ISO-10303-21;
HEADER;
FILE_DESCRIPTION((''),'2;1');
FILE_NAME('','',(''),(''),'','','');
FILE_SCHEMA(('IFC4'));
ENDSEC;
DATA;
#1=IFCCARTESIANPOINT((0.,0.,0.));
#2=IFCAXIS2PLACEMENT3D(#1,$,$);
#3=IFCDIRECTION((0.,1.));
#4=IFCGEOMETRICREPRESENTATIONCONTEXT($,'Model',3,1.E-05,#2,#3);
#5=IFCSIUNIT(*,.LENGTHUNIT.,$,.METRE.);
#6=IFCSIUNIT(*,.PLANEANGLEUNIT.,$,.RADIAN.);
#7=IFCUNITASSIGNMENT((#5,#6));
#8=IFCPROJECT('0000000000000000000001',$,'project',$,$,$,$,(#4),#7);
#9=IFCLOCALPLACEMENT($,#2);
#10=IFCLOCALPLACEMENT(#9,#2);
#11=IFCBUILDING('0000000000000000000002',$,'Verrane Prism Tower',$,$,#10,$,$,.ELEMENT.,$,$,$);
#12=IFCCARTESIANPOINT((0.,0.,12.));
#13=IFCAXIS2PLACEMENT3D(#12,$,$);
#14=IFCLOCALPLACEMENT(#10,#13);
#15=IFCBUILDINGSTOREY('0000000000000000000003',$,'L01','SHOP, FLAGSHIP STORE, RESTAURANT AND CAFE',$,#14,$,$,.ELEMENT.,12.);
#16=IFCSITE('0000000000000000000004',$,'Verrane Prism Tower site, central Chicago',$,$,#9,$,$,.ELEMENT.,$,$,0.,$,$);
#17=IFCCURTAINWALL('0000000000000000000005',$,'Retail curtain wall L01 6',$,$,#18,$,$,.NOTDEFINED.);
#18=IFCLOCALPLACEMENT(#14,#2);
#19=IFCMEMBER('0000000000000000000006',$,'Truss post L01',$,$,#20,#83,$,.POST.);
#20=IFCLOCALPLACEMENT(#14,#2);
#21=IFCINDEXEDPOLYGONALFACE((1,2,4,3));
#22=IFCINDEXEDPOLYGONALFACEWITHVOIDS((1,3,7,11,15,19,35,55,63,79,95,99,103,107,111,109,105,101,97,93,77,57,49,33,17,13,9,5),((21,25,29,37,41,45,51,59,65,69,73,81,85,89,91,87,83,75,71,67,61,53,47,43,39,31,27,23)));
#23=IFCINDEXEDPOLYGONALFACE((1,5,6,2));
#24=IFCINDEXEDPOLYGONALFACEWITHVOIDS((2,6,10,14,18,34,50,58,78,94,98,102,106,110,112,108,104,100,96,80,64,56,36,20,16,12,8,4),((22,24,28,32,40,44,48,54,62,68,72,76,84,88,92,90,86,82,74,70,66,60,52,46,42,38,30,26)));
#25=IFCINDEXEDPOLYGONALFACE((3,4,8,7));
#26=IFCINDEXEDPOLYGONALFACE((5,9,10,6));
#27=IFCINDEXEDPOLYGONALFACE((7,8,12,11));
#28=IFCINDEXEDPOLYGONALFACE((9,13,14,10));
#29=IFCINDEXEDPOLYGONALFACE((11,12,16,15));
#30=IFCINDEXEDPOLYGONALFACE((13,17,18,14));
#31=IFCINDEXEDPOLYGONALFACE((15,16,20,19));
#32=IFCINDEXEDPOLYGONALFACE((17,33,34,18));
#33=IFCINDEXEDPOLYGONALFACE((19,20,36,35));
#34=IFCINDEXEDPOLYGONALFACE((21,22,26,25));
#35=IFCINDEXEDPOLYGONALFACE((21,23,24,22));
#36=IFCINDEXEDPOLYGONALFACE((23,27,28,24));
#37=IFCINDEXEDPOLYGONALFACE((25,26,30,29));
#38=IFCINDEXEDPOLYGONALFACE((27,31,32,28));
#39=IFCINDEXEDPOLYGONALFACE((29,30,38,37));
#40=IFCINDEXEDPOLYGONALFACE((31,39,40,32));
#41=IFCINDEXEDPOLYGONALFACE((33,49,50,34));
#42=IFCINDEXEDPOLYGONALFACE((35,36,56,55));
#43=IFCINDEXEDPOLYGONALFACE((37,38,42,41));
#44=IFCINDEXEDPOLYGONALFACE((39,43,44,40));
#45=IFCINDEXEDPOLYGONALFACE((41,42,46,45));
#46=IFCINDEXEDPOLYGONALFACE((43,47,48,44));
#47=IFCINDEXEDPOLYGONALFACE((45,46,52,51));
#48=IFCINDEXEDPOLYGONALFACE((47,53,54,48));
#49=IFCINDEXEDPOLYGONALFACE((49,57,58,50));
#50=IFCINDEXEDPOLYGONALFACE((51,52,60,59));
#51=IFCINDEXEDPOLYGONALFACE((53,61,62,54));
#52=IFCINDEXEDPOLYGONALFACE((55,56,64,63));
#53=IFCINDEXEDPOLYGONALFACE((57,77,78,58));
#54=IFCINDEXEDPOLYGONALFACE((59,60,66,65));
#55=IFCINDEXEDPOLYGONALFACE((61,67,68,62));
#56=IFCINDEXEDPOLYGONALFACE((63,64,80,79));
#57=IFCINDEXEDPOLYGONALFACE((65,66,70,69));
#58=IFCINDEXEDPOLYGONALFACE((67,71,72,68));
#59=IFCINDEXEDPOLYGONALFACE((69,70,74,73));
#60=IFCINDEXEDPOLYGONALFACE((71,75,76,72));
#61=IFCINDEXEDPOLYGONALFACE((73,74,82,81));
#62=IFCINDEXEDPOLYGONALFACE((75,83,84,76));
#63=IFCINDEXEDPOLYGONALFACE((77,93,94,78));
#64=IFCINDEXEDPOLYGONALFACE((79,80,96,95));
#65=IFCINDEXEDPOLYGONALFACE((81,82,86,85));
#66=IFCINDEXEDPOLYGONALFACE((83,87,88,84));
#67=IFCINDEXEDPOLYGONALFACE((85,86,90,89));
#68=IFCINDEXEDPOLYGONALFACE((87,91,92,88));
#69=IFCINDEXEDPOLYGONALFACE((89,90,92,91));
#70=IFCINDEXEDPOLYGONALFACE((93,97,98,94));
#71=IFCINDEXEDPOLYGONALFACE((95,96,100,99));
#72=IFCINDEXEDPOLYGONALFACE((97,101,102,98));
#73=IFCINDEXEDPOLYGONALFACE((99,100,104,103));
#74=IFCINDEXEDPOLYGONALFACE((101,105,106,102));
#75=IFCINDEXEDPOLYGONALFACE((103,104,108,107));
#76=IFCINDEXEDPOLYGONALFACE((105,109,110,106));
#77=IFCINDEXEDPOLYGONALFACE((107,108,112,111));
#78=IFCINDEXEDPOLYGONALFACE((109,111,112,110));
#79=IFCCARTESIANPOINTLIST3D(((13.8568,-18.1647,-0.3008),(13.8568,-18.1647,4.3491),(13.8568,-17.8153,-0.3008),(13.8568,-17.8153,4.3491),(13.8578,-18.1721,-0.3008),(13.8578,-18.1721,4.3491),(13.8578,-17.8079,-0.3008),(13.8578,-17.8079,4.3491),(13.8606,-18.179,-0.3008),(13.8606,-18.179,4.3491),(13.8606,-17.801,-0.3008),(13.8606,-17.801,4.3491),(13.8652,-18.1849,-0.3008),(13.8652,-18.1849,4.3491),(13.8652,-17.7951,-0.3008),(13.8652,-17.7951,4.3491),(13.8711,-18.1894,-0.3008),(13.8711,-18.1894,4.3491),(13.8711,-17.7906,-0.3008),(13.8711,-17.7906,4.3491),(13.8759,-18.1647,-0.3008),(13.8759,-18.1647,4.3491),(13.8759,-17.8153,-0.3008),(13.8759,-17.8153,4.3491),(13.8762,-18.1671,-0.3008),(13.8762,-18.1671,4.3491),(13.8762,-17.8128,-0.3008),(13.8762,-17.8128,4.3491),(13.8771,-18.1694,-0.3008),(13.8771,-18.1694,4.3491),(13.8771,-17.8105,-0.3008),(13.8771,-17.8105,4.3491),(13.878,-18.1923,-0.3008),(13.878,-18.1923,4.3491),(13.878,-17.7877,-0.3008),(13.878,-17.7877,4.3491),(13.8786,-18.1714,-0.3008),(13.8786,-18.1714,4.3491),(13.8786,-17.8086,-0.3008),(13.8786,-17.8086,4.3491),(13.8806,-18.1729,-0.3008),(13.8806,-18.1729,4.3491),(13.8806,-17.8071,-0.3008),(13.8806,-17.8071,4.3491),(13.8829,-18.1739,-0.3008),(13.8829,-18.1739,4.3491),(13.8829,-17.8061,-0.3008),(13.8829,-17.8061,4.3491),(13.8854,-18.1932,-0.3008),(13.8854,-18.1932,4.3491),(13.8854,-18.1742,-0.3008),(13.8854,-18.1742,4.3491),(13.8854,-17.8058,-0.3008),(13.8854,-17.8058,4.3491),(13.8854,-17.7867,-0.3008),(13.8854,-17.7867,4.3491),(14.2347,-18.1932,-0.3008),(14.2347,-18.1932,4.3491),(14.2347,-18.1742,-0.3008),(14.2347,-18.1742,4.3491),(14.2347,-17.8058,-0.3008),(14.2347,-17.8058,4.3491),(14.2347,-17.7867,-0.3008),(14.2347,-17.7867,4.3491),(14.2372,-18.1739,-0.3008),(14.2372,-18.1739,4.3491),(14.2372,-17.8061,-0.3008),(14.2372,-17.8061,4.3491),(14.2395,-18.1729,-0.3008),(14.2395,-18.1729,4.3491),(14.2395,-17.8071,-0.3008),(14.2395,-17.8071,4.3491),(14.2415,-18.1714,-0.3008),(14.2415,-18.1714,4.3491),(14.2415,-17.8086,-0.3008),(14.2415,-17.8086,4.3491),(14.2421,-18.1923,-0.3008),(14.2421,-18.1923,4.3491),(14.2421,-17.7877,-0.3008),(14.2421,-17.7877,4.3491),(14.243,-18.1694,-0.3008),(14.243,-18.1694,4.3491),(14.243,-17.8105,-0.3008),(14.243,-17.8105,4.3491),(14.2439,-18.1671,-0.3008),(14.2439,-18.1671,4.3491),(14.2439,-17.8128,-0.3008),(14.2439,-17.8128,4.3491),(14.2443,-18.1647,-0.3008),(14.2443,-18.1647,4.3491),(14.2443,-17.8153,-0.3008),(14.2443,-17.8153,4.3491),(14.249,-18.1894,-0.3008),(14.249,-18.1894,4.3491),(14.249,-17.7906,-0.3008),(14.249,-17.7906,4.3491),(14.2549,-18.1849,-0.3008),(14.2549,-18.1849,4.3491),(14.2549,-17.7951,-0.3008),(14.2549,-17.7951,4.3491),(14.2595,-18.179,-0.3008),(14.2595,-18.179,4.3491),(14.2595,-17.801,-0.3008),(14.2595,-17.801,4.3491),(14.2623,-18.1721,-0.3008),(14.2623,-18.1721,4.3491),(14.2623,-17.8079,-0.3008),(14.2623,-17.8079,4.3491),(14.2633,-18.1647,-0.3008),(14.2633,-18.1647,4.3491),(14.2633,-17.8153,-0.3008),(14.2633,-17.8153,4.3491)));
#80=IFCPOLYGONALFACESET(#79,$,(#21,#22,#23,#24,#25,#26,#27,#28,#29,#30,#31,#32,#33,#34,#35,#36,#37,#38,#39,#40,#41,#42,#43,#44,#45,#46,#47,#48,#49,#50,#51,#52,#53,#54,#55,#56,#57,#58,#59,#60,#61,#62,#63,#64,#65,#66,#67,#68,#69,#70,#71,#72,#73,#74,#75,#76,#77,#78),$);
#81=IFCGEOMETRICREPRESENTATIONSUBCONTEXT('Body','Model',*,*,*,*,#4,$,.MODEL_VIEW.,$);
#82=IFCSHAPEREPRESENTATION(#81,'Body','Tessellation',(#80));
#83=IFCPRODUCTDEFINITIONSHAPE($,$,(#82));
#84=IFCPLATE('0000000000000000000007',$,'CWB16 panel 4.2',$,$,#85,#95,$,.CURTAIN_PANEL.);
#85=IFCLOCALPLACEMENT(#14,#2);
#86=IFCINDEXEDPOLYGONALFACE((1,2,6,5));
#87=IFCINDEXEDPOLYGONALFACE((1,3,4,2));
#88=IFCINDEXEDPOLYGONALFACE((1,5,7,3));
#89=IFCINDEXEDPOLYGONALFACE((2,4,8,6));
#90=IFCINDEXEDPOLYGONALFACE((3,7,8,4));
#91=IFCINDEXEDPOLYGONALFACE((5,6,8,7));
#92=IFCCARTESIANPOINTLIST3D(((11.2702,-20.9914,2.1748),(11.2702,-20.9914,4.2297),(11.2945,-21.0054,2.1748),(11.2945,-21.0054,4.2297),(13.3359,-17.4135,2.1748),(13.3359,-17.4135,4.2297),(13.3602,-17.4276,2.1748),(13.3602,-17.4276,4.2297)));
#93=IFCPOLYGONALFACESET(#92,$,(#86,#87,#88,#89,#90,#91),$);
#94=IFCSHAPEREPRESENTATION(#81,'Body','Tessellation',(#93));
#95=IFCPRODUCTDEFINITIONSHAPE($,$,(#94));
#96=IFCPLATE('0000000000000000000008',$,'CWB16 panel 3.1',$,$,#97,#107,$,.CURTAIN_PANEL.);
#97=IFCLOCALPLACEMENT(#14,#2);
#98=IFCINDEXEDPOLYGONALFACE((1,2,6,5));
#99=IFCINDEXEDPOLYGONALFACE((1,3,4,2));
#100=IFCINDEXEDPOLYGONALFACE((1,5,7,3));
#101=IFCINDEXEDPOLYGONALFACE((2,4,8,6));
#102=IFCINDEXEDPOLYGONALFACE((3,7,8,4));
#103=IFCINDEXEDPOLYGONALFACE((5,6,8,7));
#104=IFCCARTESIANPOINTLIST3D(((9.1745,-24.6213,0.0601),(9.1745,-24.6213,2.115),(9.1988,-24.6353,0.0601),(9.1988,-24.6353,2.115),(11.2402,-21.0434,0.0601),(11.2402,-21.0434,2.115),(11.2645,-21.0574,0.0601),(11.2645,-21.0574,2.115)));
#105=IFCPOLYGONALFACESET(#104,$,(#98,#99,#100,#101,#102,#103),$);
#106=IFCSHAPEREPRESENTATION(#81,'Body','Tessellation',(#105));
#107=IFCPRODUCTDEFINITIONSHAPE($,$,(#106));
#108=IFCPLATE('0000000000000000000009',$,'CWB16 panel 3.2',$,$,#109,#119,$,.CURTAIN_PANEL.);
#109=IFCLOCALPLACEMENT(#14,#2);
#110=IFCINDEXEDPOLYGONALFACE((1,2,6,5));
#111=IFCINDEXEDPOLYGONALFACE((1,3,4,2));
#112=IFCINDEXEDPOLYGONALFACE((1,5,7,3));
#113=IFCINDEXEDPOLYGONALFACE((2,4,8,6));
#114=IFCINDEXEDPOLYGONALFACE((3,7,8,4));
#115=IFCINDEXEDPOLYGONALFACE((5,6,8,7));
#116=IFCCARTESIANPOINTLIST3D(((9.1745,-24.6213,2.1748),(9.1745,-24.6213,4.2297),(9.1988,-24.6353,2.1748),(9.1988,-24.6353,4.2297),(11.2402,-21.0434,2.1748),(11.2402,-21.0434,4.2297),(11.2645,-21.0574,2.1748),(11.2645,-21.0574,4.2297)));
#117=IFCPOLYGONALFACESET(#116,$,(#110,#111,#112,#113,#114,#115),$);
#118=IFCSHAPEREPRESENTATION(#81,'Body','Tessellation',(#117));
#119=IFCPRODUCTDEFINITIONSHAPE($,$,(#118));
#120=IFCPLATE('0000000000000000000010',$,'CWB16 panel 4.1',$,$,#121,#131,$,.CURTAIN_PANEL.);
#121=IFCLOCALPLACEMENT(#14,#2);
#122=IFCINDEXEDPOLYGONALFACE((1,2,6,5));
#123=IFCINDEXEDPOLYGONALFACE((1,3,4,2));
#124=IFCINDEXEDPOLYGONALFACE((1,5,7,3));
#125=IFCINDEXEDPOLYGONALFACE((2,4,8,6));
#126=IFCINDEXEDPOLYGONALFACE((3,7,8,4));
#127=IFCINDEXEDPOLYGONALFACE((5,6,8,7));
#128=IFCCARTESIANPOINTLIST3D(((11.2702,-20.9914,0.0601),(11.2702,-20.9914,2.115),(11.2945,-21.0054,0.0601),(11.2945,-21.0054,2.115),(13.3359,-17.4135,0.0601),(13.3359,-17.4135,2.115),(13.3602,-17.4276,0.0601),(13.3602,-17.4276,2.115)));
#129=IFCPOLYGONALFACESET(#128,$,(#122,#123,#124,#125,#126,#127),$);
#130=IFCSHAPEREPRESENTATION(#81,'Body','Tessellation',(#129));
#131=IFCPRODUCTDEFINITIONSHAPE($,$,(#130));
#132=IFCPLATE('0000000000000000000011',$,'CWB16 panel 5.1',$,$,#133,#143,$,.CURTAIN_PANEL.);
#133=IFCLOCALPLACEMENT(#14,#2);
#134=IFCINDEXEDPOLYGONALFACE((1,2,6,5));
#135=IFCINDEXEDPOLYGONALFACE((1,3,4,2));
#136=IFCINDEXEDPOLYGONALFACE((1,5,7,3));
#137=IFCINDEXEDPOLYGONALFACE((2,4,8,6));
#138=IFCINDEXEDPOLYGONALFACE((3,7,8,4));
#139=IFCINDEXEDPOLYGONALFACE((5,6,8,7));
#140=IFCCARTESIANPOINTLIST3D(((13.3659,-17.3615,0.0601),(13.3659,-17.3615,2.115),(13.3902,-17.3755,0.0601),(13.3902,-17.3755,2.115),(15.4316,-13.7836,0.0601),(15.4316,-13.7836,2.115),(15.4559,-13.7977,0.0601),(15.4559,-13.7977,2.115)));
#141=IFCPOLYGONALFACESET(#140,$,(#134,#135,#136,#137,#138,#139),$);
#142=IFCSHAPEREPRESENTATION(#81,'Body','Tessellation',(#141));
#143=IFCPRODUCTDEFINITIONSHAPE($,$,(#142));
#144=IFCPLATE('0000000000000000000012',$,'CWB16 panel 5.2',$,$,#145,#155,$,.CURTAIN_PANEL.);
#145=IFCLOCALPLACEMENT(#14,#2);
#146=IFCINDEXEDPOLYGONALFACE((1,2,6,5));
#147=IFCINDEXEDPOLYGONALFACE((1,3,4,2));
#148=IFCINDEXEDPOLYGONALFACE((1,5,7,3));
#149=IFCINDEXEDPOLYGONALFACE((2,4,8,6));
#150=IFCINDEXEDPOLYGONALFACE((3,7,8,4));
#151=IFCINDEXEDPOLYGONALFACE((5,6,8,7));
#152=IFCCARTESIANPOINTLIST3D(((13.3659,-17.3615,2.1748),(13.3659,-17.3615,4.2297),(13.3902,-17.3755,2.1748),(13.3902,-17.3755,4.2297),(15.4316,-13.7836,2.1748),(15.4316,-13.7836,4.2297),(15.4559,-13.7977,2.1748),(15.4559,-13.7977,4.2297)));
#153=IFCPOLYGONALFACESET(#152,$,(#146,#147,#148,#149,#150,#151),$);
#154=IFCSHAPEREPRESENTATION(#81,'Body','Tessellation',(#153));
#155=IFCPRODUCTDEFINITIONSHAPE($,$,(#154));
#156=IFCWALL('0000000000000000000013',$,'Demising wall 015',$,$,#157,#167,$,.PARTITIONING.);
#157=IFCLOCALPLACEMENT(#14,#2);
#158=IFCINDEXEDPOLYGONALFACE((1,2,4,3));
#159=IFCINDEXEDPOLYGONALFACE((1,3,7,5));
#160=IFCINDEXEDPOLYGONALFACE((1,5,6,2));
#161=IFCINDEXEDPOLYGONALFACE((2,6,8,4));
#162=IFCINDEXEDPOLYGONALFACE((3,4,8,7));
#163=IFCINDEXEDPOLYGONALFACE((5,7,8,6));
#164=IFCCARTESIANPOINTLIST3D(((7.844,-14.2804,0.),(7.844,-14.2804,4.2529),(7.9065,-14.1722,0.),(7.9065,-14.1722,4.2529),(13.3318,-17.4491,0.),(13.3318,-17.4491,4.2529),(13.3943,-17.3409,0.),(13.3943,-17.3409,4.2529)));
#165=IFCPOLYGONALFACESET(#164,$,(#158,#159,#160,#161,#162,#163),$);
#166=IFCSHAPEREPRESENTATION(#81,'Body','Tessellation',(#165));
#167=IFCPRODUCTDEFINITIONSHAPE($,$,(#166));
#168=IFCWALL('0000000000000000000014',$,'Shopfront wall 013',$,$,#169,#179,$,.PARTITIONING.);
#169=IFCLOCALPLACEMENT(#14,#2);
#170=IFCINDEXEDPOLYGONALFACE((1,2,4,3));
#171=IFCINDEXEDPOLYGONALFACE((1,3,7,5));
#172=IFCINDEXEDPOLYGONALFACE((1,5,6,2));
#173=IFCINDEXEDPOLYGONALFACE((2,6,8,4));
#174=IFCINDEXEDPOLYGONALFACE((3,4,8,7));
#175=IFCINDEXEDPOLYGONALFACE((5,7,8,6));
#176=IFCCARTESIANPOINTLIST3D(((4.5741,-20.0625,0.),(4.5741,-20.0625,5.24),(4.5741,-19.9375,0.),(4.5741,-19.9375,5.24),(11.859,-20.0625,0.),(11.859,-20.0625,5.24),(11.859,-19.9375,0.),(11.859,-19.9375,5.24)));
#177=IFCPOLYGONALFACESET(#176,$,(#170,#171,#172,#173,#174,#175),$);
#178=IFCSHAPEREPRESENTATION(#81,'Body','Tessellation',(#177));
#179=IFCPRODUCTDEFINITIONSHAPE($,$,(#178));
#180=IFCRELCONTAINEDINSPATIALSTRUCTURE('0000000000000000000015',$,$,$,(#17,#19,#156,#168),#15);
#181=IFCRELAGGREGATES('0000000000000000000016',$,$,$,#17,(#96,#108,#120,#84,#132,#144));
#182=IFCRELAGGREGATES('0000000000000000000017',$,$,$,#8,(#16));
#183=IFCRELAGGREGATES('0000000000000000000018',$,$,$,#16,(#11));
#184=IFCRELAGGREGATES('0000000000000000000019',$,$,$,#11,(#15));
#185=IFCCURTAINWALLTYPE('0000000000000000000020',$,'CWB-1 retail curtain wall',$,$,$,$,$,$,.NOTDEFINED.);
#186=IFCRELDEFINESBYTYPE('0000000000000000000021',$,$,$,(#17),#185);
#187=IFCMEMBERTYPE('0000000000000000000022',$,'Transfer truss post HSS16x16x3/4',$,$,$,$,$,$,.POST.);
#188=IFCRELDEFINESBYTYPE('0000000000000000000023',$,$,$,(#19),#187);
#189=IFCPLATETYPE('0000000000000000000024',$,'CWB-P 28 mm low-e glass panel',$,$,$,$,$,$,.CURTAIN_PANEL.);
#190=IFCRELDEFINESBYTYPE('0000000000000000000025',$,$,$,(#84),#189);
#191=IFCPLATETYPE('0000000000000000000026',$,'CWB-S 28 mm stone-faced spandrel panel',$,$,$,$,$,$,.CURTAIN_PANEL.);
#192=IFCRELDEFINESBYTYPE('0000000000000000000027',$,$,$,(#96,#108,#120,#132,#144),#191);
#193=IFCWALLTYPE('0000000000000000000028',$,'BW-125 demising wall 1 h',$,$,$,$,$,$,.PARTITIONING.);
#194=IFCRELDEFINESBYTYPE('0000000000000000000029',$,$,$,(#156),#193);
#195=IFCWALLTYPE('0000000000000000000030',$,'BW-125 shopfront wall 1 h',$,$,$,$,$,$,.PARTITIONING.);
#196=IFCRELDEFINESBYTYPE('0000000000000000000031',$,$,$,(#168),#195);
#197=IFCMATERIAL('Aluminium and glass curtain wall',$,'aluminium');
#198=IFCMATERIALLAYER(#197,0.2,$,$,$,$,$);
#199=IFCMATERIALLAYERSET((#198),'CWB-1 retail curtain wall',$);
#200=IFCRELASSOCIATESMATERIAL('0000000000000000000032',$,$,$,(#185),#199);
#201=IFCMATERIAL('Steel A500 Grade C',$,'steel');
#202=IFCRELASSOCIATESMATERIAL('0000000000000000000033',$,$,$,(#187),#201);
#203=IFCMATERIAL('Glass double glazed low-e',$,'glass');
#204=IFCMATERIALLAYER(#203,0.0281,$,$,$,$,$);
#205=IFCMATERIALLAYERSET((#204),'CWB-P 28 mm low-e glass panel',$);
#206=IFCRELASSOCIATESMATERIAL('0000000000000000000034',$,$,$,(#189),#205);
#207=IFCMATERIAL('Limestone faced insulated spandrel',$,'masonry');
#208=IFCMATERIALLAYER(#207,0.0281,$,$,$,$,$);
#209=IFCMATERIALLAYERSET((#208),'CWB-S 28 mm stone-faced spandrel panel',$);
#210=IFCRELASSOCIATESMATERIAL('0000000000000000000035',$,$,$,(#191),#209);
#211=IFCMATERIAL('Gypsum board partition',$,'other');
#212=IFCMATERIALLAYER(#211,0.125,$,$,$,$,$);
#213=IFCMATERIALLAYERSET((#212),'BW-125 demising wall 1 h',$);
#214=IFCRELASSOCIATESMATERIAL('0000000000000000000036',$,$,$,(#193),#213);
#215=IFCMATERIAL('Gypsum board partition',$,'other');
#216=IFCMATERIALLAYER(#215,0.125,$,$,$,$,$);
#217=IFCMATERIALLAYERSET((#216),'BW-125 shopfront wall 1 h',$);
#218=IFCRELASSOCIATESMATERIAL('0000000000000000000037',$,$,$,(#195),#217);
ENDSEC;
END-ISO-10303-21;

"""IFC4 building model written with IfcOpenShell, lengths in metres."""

from ifc_helpers import new_model, si_unit, direction, frame, frame_2d, origin, origin_2d, place, context, subcontext, project, spatial, rectangle, hollow_rectangle, extrude, material, layer, layer_set, material_profile, profile_set, type_object, element, aggregate, save


model = new_model("IFC4")

# Units and contexts
model_context = context("Model", 3, precision=1e-05, world=origin(), true_north=direction((0.0, 1.0)))
body_context = subcontext(model_context, "Body", "Model", "MODEL_VIEW")
ifc_project = project(units=[si_unit("LENGTHUNIT", "METRE"), si_unit("PLANEANGLEUNIT", "RADIAN")], contexts=[model_context])

# Site, building, storey
site_placement = place(None, origin())
site = spatial("IfcSite", under=ifc_project, at=site_placement, Name="Verrane Prism Tower site, central Chicago", CompositionType="ELEMENT", RefElevation=0.0)
building_placement = place(site_placement, origin())
building = spatial("IfcBuilding", under=site, at=building_placement, Name="Verrane Prism Tower", CompositionType="ELEMENT")
storey_placement = place(building_placement, frame((0.0, 0.0, 12.0)))
storey = spatial("IfcBuildingStorey", under=building, at=storey_placement, Name="L01", Description="SHOP, FLAGSHIP STORE, RESTAURANT AND CAFE", CompositionType="ELEMENT", Elevation=12.0)

# Curtain wall
ifc_material_1 = material(Name="Aluminium and glass curtain wall", Category="aluminium")
ifc_layer_1 = layer(ifc_material_1, 0.2)
ifc_layer_set_1 = layer_set([ifc_layer_1], Name="CWB-1 retail curtain wall")
curtain_wall_type = type_object("IfcCurtainWallType", Name="CWB-1 retail curtain wall", PredefinedType="NOTDEFINED", material=ifc_layer_set_1)
curtain_wall_placement = place(storey_placement, origin())
curtain_wall = element("IfcCurtainWall", 1, at=curtain_wall_placement, inside=storey, type_object=curtain_wall_type, Name="Retail curtain wall L01 6", PredefinedType="NOTDEFINED")

# Member
ifc_material_2 = material(Name="Steel A500 Grade C", Category="steel")
ifc_material_profile_1 = material_profile(ifc_material_2, hollow_rectangle(XDim=0.4065, YDim=0.4065, WallThickness=0.019, InnerFilletRadius=0.0095, OuterFilletRadius=0.0286, at=origin_2d()), Name="HSS16x16x3/4")
ifc_profile_set_1 = profile_set([ifc_material_profile_1], Name="Steel A500 Grade C")
member_type_1 = type_object("IfcMemberType", Name="Transfer truss post HSS16x16x3/4", PredefinedType="POST", material=ifc_profile_set_1)
member_1_placement = place(storey_placement, frame((14.0601, -17.99, -0.3008), z_axis=(0.0, 0.0, 1.0), x_axis=(1.0, 0.0, 0.0)))
element("IfcMember", 2, at=member_1_placement, inside=storey, type_object=member_type_1, Name="Truss post L01", PredefinedType="POST", context=body_context, shape_type="SweptSolid", body=[
    extrude(hollow_rectangle(XDim=0.4065, YDim=0.4065, WallThickness=0.019, InnerFilletRadius=0.0095, OuterFilletRadius=0.0286, at=origin_2d()), origin(), (0.0, 0.0, 1.0), 4.6499),
])

# Plates
ifc_material_3 = material(Name="Glass double glazed low-e", Category="glass")
ifc_layer_2 = layer(ifc_material_3, 0.0281)
ifc_layer_set_2 = layer_set([ifc_layer_2], Name="CWB-P 28 mm low-e glass panel")
plate_type_1 = type_object("IfcPlateType", Name="CWB-P 28 mm low-e glass panel", PredefinedType="CURTAIN_PANEL", material=ifc_layer_set_2)
plate_1_placement = place(storey_placement, frame((12.3152, -19.2095, 2.1748), z_axis=(0.0, 0.0, 1.0), x_axis=(0.5, 0.866025, 0.0)))
plate_1 = element("IfcPlate", 3, at=plate_1_placement, type_object=plate_type_1, Name="CWB16 panel 4.2", PredefinedType="CURTAIN_PANEL", context=body_context, shape_type="SweptSolid", body=[
    extrude(rectangle(XDim=4.1313, YDim=0.0281, at=origin_2d()), origin(), (0.0, 0.0, 1.0), 2.0549),
])
ifc_material_4 = material(Name="Limestone faced insulated spandrel", Category="masonry")
ifc_layer_3 = layer(ifc_material_4, 0.0281)
ifc_layer_set_3 = layer_set([ifc_layer_3], Name="CWB-S 28 mm stone-faced spandrel panel")
plate_type_2 = type_object("IfcPlateType", Name="CWB-S 28 mm stone-faced spandrel panel", PredefinedType="CURTAIN_PANEL", material=ifc_layer_set_3)
plate_2_placement = place(storey_placement, frame((10.2195, -22.8394, 0.0601), z_axis=(0.0, 0.0, 1.0), x_axis=(0.5, 0.866025, 0.0)))
plate_2 = element("IfcPlate", 4, at=plate_2_placement, type_object=plate_type_2, Name="CWB16 panel 3.1", PredefinedType="CURTAIN_PANEL", context=body_context, shape_type="SweptSolid", body=[
    extrude(rectangle(XDim=4.1313, YDim=0.0281, at=origin_2d()), origin(), (0.0, 0.0, 1.0), 2.0549),
])
plate_3_placement = place(storey_placement, frame((10.2195, -22.8394, 2.1748), z_axis=(0.0, 0.0, 1.0), x_axis=(0.5, 0.866025, 0.0)))
plate_3 = element("IfcPlate", 5, at=plate_3_placement, type_object=plate_type_2, Name="CWB16 panel 3.2", PredefinedType="CURTAIN_PANEL", context=body_context, shape_type="SweptSolid", body=[
    extrude(rectangle(XDim=4.1313, YDim=0.0281, at=origin_2d()), origin(), (0.0, 0.0, 1.0), 2.0549),
])
plate_4_placement = place(storey_placement, frame((12.3152, -19.2095, 0.0601), z_axis=(0.0, 0.0, 1.0), x_axis=(0.5, 0.866025, 0.0)))
plate_4 = element("IfcPlate", 6, at=plate_4_placement, type_object=plate_type_2, Name="CWB16 panel 4.1", PredefinedType="CURTAIN_PANEL", context=body_context, shape_type="SweptSolid", body=[
    extrude(rectangle(XDim=4.1313, YDim=0.0281, at=origin_2d()), origin(), (0.0, 0.0, 1.0), 2.0549),
])
plate_5_placement = place(storey_placement, frame((14.4109, -15.5796, 0.0601), z_axis=(0.0, 0.0, 1.0), x_axis=(0.5, 0.866025, 0.0)))
plate_5 = element("IfcPlate", 7, at=plate_5_placement, type_object=plate_type_2, Name="CWB16 panel 5.1", PredefinedType="CURTAIN_PANEL", context=body_context, shape_type="SweptSolid", body=[
    extrude(rectangle(XDim=4.1313, YDim=0.0281, at=origin_2d()), origin(), (0.0, 0.0, 1.0), 2.0549),
])
plate_6_placement = place(storey_placement, frame((14.4109, -15.5796, 2.1748), z_axis=(0.0, 0.0, 1.0), x_axis=(0.5, 0.866025, 0.0)))
plate_6 = element("IfcPlate", 8, at=plate_6_placement, type_object=plate_type_2, Name="CWB16 panel 5.2", PredefinedType="CURTAIN_PANEL", context=body_context, shape_type="SweptSolid", body=[
    extrude(rectangle(XDim=4.1313, YDim=0.0281, at=origin_2d()), origin(), (0.0, 0.0, 1.0), 2.0549),
])
aggregate(curtain_wall, [plate_2, plate_3, plate_4, plate_1, plate_5, plate_6])

# Walls
ifc_material_5 = material(Name="Gypsum board partition", Category="other")
ifc_layer_4 = layer(ifc_material_5, 0.125)
ifc_layer_set_4 = layer_set([ifc_layer_4], Name="BW-125 demising wall 1 h")
wall_type_1 = type_object("IfcWallType", Name="BW-125 demising wall 1 h", PredefinedType="PARTITIONING", material=ifc_layer_set_4)
wall_1_placement = place(storey_placement, frame((7.8752, -14.2263, 0.0), z_axis=(0.0, 0.0, 1.0), x_axis=(0.866003, -0.500038, 0.0)))
element("IfcWall", 9, at=wall_1_placement, inside=storey, type_object=wall_type_1, Name="Demising wall 015", PredefinedType="PARTITIONING", context=body_context, shape_type="SweptSolid", body=[
    extrude(rectangle(XDim=6.3369, YDim=0.125, at=frame_2d((3.1685, 0.0))), origin(), (0.0, 0.0, 1.0), 4.2529),
])
ifc_material_6 = material(Name="Gypsum board partition", Category="other")
ifc_layer_5 = layer(ifc_material_6, 0.125)
ifc_layer_set_5 = layer_set([ifc_layer_5], Name="BW-125 shopfront wall 1 h")
wall_type_2 = type_object("IfcWallType", Name="BW-125 shopfront wall 1 h", PredefinedType="PARTITIONING", material=ifc_layer_set_5)
wall_2_placement = place(storey_placement, frame((4.574, -20.0, 0.0), z_axis=(0.0, 0.0, 1.0), x_axis=(1.0, 0.0, 0.0)))
element("IfcWall", 10, at=wall_2_placement, inside=storey, type_object=wall_type_2, Name="Shopfront wall 013", PredefinedType="PARTITIONING", context=body_context, shape_type="SweptSolid", body=[
    extrude(rectangle(XDim=7.2849, YDim=0.125, at=frame_2d((3.6426, 0.0))), origin(), (0.0, 0.0, 1.0), 5.24),
])

save(model, "model.ifc")
